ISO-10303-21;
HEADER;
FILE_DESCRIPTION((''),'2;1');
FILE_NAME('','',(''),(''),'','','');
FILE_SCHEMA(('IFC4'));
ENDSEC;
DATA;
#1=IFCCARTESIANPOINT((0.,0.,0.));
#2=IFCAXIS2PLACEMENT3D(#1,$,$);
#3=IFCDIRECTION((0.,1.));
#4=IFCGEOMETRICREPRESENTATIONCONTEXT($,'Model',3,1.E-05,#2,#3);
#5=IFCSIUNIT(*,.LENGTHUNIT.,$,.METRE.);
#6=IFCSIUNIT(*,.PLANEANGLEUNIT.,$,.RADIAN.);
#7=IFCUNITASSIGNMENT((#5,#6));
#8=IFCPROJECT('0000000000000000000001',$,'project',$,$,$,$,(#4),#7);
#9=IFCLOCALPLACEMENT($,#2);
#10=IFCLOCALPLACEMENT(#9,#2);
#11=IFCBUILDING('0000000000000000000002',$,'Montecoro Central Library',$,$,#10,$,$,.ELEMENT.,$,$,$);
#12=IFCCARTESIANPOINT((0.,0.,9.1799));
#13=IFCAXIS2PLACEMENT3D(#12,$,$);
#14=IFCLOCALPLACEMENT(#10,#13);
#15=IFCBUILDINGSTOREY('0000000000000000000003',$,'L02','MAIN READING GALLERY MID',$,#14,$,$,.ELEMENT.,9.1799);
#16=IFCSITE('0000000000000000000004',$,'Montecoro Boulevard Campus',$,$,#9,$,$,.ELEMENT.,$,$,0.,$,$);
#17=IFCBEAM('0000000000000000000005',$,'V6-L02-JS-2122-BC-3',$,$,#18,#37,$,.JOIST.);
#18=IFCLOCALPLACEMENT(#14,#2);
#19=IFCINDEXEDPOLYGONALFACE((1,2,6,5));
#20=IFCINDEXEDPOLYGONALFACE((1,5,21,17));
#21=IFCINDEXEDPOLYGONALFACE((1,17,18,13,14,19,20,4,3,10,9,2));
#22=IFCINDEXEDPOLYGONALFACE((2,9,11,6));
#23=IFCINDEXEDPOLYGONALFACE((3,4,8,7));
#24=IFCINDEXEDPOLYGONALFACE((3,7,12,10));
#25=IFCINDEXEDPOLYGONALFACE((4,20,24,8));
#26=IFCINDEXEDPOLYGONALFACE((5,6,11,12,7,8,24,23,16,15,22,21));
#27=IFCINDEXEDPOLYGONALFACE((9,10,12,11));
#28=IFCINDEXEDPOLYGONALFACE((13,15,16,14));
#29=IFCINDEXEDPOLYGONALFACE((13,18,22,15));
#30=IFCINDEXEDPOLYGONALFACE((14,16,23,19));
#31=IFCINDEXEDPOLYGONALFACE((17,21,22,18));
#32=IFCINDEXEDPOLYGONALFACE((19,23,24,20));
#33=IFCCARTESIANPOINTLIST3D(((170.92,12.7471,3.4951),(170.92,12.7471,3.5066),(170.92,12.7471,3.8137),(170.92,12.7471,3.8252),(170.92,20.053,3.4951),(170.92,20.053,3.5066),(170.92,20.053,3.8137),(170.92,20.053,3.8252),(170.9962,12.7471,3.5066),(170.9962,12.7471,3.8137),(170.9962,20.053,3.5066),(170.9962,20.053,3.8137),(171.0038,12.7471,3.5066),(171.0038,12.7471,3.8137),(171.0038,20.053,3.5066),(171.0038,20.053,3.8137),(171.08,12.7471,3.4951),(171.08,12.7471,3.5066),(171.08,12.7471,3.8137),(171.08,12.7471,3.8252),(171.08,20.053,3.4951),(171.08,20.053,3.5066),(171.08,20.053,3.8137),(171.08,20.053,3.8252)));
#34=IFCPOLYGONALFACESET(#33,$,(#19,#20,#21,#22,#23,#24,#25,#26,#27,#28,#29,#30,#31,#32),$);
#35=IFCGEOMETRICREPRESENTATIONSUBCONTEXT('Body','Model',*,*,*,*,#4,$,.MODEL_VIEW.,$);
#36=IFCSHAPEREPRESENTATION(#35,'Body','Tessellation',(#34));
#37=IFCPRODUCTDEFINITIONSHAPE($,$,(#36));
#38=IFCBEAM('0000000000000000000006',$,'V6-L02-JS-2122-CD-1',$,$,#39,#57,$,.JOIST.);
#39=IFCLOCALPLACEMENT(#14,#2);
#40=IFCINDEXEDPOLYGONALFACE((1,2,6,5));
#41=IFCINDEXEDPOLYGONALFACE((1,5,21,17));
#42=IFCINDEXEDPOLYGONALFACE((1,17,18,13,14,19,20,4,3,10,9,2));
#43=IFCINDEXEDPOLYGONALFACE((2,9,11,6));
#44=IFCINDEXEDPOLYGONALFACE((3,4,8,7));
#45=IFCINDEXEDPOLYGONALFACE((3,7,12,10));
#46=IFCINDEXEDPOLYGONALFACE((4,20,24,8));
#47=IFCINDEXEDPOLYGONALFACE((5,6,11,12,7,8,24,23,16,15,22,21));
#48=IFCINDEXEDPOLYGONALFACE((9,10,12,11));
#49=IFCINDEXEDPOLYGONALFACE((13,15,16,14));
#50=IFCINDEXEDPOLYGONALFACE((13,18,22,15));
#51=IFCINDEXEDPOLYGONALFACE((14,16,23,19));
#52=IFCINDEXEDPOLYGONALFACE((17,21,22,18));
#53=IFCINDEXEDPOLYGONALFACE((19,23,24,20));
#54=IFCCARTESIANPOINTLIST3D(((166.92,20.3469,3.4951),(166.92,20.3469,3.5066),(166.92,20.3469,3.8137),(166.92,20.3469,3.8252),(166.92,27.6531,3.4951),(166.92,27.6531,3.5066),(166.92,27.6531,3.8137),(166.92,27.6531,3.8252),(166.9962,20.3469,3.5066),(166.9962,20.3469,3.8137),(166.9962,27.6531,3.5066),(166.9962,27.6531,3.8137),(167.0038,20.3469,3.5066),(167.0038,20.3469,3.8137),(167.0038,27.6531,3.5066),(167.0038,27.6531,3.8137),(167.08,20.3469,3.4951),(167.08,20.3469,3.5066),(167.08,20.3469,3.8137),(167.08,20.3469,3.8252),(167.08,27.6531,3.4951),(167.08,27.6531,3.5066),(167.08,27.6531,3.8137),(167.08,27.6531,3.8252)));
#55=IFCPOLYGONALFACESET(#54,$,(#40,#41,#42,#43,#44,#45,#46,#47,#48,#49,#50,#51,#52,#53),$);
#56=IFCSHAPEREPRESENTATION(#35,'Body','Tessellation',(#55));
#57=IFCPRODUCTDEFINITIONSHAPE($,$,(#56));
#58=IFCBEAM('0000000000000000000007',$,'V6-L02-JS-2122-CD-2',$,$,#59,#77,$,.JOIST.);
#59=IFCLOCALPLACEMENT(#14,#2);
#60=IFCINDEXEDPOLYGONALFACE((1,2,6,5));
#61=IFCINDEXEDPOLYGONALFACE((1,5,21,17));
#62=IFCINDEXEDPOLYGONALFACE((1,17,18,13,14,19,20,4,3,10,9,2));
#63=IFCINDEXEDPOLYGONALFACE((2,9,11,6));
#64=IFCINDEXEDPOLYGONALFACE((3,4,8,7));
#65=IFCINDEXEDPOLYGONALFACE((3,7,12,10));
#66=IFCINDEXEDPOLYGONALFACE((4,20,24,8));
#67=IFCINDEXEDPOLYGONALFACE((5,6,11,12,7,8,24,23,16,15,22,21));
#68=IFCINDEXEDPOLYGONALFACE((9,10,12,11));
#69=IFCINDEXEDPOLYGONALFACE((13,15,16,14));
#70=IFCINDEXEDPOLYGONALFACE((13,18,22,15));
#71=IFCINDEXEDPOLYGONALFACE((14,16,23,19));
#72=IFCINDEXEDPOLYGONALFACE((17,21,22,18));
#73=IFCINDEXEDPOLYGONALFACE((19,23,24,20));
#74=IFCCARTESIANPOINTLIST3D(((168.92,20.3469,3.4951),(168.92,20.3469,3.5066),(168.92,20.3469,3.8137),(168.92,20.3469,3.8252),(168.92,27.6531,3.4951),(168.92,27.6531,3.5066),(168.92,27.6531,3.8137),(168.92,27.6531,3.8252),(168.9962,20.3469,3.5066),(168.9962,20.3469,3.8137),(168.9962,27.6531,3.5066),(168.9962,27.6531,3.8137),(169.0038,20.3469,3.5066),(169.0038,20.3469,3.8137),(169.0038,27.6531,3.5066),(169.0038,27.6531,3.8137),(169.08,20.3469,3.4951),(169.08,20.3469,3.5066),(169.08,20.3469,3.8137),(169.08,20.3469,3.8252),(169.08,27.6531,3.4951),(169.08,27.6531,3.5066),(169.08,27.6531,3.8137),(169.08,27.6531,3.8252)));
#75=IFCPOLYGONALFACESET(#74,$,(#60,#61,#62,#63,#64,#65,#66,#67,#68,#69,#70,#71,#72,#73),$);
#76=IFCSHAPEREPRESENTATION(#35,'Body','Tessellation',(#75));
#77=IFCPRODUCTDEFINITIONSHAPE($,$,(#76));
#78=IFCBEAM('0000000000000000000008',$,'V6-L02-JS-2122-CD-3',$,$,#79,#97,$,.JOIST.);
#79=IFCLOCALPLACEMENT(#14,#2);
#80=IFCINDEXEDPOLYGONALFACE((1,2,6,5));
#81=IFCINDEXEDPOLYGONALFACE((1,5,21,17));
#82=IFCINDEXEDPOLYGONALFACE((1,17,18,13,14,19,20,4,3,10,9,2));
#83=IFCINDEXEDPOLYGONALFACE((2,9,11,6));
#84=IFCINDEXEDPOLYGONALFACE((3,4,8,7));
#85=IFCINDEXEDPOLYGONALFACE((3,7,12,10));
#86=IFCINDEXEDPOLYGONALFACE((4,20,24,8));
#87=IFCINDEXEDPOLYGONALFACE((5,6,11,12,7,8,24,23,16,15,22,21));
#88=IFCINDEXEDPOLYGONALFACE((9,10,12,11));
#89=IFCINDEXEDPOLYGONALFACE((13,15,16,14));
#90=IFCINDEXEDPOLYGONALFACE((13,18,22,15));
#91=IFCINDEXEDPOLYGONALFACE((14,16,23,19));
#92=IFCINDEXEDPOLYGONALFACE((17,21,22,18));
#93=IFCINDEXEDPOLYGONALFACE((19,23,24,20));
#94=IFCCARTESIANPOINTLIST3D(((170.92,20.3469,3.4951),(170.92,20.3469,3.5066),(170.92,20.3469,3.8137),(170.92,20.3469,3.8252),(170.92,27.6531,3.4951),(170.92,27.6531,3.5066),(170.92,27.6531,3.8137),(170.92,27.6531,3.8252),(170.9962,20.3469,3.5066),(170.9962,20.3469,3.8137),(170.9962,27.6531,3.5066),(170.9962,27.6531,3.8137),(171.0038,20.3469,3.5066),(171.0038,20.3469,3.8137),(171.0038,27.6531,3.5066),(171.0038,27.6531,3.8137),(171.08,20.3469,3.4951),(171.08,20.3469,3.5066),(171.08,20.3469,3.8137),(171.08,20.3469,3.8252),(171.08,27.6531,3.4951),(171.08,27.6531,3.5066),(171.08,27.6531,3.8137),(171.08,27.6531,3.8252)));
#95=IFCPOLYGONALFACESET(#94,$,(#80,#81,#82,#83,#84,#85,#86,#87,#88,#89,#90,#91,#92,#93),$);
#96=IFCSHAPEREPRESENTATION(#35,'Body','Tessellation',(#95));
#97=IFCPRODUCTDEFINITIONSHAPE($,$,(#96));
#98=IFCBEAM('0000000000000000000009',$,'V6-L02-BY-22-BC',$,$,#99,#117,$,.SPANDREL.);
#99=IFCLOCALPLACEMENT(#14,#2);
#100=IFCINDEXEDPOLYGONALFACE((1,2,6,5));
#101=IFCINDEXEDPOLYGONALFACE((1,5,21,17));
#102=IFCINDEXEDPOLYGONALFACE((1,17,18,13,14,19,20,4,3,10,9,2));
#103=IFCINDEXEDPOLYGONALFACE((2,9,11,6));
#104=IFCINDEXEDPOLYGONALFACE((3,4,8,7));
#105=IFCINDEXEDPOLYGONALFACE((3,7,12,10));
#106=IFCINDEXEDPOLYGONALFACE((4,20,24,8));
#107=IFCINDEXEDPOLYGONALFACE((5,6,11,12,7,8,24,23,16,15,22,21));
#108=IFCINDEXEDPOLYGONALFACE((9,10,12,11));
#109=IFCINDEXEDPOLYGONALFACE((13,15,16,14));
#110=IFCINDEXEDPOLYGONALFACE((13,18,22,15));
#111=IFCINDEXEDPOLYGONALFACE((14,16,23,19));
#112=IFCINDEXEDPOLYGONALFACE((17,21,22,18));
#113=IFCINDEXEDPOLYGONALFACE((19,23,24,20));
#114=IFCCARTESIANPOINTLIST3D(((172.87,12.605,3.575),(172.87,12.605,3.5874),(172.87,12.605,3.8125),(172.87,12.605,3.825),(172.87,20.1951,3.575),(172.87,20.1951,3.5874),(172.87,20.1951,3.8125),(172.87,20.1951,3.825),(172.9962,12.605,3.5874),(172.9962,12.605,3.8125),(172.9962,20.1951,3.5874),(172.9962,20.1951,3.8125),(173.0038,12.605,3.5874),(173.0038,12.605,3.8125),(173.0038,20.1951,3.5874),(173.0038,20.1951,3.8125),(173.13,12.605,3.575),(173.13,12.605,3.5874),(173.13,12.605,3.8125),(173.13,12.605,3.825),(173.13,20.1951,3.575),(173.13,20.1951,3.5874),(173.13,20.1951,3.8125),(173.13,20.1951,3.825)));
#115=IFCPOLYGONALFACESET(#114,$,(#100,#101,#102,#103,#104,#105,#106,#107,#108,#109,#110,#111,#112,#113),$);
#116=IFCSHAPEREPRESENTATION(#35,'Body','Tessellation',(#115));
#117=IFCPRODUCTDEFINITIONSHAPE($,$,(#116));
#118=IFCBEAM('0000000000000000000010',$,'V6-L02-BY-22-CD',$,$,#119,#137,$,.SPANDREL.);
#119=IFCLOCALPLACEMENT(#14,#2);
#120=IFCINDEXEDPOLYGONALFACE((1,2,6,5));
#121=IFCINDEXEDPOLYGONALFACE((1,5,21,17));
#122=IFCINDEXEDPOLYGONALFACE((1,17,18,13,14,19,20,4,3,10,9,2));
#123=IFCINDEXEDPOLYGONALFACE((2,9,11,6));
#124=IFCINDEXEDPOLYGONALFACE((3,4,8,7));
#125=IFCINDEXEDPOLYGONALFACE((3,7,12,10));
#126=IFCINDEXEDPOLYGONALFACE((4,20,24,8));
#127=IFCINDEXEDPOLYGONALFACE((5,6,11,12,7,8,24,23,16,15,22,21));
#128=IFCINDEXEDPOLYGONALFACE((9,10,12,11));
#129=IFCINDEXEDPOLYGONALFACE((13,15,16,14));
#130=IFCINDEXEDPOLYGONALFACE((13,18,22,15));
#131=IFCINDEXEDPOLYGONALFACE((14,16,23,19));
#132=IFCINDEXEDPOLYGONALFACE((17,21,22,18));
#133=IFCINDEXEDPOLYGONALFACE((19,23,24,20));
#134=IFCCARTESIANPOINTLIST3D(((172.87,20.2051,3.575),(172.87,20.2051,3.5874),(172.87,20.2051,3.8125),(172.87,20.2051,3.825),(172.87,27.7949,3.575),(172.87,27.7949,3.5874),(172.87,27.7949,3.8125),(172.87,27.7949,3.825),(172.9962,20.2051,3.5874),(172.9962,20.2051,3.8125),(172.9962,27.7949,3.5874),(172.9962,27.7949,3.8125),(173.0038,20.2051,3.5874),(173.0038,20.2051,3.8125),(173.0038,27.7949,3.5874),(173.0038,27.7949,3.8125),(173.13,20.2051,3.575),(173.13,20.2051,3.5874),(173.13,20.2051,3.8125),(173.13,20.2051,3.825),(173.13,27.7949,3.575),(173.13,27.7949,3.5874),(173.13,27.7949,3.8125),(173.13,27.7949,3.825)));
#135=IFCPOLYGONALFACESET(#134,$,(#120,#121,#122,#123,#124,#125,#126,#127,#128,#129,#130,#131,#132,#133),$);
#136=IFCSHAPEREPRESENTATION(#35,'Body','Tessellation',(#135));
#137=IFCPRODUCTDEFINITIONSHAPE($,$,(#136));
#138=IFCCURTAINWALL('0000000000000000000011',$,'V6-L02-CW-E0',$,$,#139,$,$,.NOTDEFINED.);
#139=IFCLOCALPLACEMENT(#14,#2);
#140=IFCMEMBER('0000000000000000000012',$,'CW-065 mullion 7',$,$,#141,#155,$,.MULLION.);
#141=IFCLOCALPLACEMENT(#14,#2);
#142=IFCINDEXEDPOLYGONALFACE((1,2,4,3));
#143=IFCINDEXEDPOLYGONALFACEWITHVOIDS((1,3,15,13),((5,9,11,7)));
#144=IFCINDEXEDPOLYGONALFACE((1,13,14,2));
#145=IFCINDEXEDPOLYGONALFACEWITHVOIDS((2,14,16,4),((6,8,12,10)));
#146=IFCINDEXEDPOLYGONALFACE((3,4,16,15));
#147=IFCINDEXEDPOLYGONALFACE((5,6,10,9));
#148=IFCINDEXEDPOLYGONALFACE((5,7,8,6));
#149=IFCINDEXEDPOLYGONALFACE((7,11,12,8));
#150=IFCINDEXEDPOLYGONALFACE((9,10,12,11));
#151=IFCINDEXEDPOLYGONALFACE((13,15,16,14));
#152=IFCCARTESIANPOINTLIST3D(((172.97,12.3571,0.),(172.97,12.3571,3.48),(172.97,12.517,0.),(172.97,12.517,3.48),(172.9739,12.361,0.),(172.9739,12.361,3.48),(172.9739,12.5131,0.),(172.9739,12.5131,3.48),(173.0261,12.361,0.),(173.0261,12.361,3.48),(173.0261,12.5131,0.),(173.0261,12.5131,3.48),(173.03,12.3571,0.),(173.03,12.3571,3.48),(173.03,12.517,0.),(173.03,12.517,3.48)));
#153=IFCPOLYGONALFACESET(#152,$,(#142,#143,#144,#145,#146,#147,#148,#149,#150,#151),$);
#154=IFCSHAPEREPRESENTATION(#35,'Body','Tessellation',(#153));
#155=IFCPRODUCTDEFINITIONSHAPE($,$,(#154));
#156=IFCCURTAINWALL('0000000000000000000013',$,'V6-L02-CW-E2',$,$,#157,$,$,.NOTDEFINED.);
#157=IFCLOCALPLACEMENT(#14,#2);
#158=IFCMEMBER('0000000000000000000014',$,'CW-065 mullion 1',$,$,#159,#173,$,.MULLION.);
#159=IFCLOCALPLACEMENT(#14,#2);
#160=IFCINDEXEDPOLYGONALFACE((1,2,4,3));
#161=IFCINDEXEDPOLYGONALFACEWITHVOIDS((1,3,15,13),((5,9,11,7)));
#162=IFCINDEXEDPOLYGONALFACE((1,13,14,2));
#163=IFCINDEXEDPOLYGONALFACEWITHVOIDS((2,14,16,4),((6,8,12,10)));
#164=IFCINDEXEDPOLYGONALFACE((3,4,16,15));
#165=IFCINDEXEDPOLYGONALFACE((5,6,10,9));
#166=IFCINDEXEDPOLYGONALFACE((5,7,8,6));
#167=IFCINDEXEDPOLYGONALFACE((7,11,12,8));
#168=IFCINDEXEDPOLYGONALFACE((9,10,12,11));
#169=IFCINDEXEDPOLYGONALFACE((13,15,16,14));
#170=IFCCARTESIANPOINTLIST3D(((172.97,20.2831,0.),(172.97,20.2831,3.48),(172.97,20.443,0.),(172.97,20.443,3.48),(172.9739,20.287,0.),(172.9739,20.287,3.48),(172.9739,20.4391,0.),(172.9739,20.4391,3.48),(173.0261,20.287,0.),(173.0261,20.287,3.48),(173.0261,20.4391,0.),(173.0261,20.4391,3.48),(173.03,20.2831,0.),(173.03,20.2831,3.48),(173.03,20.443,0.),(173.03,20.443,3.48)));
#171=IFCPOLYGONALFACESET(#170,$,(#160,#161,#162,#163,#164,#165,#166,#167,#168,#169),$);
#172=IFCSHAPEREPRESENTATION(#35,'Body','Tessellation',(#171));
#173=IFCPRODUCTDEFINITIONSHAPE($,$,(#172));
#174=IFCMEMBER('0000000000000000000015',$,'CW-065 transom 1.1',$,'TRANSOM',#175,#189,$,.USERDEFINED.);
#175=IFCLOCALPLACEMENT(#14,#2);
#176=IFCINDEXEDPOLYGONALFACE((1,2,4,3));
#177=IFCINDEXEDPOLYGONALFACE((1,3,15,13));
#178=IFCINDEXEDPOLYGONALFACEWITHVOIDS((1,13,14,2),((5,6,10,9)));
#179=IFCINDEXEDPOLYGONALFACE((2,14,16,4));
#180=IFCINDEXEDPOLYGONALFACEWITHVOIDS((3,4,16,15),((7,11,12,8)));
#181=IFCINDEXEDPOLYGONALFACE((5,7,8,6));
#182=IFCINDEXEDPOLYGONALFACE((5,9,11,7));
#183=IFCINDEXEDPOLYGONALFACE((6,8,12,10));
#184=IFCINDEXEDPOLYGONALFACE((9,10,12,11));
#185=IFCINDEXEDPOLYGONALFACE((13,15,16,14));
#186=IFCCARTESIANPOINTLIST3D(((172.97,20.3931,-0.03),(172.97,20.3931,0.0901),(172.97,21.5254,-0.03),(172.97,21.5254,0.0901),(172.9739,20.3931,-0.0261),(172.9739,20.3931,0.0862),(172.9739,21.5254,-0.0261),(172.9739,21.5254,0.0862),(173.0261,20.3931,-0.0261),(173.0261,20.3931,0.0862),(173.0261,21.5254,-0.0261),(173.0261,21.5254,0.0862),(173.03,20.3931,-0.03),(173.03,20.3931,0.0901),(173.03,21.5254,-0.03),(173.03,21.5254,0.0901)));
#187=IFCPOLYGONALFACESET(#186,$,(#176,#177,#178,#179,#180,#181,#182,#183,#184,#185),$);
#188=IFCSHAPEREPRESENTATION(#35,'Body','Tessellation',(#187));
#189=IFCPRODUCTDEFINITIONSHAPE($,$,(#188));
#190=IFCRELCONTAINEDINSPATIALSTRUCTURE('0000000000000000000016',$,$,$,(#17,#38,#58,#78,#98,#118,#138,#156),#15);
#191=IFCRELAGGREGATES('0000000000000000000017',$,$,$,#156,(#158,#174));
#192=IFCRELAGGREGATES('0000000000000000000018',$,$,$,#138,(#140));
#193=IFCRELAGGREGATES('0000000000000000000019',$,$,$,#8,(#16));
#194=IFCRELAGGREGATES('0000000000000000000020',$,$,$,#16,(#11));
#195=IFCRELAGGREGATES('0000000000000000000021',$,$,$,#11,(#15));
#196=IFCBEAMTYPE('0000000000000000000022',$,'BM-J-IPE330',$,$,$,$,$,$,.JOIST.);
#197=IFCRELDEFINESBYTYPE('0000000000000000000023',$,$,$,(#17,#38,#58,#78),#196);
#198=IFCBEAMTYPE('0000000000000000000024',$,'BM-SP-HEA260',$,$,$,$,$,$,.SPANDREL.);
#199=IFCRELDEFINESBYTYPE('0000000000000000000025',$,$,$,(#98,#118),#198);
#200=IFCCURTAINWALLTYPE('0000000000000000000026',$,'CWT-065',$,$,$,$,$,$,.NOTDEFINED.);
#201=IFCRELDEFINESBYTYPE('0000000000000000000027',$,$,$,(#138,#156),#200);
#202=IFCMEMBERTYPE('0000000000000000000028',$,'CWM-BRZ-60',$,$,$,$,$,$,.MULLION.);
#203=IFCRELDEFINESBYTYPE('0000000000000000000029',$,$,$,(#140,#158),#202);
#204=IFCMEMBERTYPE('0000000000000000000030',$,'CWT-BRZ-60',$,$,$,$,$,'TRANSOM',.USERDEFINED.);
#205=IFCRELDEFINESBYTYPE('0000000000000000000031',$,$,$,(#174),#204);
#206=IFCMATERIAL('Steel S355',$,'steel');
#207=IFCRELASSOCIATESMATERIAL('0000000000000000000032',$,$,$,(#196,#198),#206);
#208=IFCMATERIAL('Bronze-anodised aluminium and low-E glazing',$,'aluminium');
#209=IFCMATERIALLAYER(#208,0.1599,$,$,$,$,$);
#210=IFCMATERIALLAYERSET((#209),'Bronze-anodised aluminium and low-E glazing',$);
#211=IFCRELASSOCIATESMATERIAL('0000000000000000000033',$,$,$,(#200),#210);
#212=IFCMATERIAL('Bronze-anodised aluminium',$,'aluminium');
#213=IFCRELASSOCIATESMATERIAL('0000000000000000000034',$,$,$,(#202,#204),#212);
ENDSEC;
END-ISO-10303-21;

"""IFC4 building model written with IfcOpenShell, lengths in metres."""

from ifc_helpers import new_model, si_unit, direction, frame, origin, origin_2d, place, context, subcontext, project, spatial, hollow_rectangle, i_section, extrude, material, layer, layer_set, material_profile, profile_set, type_object, element, aggregate, save


model = new_model("IFC4")

# Units and contexts
model_context = context("Model", 3, precision=1e-05, world=origin(), true_north=direction((0.0, 1.0)))
body_context = subcontext(model_context, "Body", "Model", "MODEL_VIEW")
ifc_project = project(units=[si_unit("LENGTHUNIT", "METRE"), si_unit("PLANEANGLEUNIT", "RADIAN")], contexts=[model_context])

# Site, building, storey
site_placement = place(None, origin())
site = spatial("IfcSite", under=ifc_project, at=site_placement, Name="Montecoro Boulevard Campus", CompositionType="ELEMENT", RefElevation=0.0)
building_placement = place(site_placement, origin())
building = spatial("IfcBuilding", under=site, at=building_placement, Name="Montecoro Central Library", CompositionType="ELEMENT")
storey_placement = place(building_placement, frame((0.0, 0.0, 9.1799)))
storey = spatial("IfcBuildingStorey", under=building, at=storey_placement, Name="L02", Description="MAIN READING GALLERY MID", CompositionType="ELEMENT", Elevation=9.1799)

# Shared definitions
ifc_material_1 = material(Name="Steel S355", Category="steel")

# Beams
ifc_material_profile_1 = material_profile(ifc_material_1, i_section(OverallWidth=0.1599, OverallDepth=0.3301, WebThickness=0.0076, FlangeThickness=0.0115, at=origin_2d()), Name="IPE 330")
ifc_profile_set_1 = profile_set([ifc_material_profile_1], Name="Steel S355")
beam_type_1 = type_object("IfcBeamType", Name="BM-J-IPE330", PredefinedType="JOIST", material=ifc_profile_set_1)
for number, where, z_axis, x_axis, name in (
    (1, (171.0, 12.7471, 3.6602), (0.0, 1.0, 0.0), (-1.0, 0.0, 0.0), "V6-L02-JS-2122-BC-3"),
):
    element("IfcBeam", number, at=place(storey_placement, frame(where, z_axis=z_axis, x_axis=x_axis)), inside=storey, type_object=beam_type_1, Name=name, PredefinedType="JOIST", context=body_context, shape_type="SweptSolid", body=[
        extrude(i_section(OverallWidth=0.1599, OverallDepth=0.3301, WebThickness=0.0076, FlangeThickness=0.0115, at=origin_2d()), origin(), (0.0, 0.0, 1.0), 7.3059),
    ])
for number, where, z_axis, x_axis, name in (
    (2, (167.0, 20.3469, 3.6602), (0.0, 1.0, 0.0), (-1.0, 0.0, 0.0), "V6-L02-JS-2122-CD-1"),
    (3, (169.0, 20.3469, 3.6602), (0.0, 1.0, 0.0), (-1.0, 0.0, 0.0), "V6-L02-JS-2122-CD-2"),
    (4, (171.0, 20.3469, 3.6602), (0.0, 1.0, 0.0), (-1.0, 0.0, 0.0), "V6-L02-JS-2122-CD-3"),
):
    element("IfcBeam", number, at=place(storey_placement, frame(where, z_axis=z_axis, x_axis=x_axis)), inside=storey, type_object=beam_type_1, Name=name, PredefinedType="JOIST", context=body_context, shape_type="SweptSolid", body=[
        extrude(i_section(OverallWidth=0.1599, OverallDepth=0.3301, WebThickness=0.0076, FlangeThickness=0.0115, at=origin_2d()), origin(), (0.0, 0.0, 1.0), 7.3062),
    ])
ifc_material_profile_2 = material_profile(ifc_material_1, i_section(OverallWidth=0.26, OverallDepth=0.25, WebThickness=0.0076, FlangeThickness=0.0125, at=origin_2d()), Name="HEA 260")
ifc_profile_set_2 = profile_set([ifc_material_profile_2], Name="Steel S355")
beam_type_2 = type_object("IfcBeamType", Name="BM-SP-HEA260", PredefinedType="SPANDREL", material=ifc_profile_set_2)
beam_1_placement = place(storey_placement, frame((173.0, 12.605, 3.7), z_axis=(0.0, 1.0, 0.0), x_axis=(-1.0, 0.0, 0.0)))
element("IfcBeam", 5, at=beam_1_placement, inside=storey, type_object=beam_type_2, Name="V6-L02-BY-22-BC", PredefinedType="SPANDREL", context=body_context, shape_type="SweptSolid", body=[
    extrude(i_section(OverallWidth=0.26, OverallDepth=0.25, WebThickness=0.0076, FlangeThickness=0.0125, at=origin_2d()), origin(), (0.0, 0.0, 1.0), 7.5901),
])
beam_2_placement = place(storey_placement, frame((173.0, 20.2051, 3.7), z_axis=(0.0, 1.0, 0.0), x_axis=(-1.0, 0.0, 0.0)))
element("IfcBeam", 6, at=beam_2_placement, inside=storey, type_object=beam_type_2, Name="V6-L02-BY-22-CD", PredefinedType="SPANDREL", context=body_context, shape_type="SweptSolid", body=[
    extrude(i_section(OverallWidth=0.26, OverallDepth=0.25, WebThickness=0.0076, FlangeThickness=0.0125, at=origin_2d()), origin(), (0.0, 0.0, 1.0), 7.5898),
])

# Curtain wall, member
ifc_material_2 = material(Name="Bronze-anodised aluminium and low-E glazing", Category="aluminium")
ifc_layer_1 = layer(ifc_material_2, 0.1599)
ifc_layer_set_1 = layer_set([ifc_layer_1], Name="Bronze-anodised aluminium and low-E glazing")
curtain_wall_type = type_object("IfcCurtainWallType", Name="CWT-065", PredefinedType="NOTDEFINED", material=ifc_layer_set_1)
curtain_wall_1_placement = place(storey_placement, origin())
curtain_wall_1 = element("IfcCurtainWall", 7, at=curtain_wall_1_placement, inside=storey, type_object=curtain_wall_type, Name="V6-L02-CW-E0", PredefinedType="NOTDEFINED")
ifc_material_3 = material(Name="Bronze-anodised aluminium", Category="aluminium")
ifc_material_profile_3 = material_profile(ifc_material_3, hollow_rectangle(XDim=0.0601, YDim=0.1599, WallThickness=0.0039, at=origin_2d()), Name="CWM 160x60x4.0")
ifc_profile_set_3 = profile_set([ifc_material_profile_3], Name="Bronze-anodised aluminium")
member_type_1 = type_object("IfcMemberType", Name="CWM-BRZ-60", PredefinedType="MULLION", material=ifc_profile_set_3)
member_1_placement = place(storey_placement, frame((173.0, 12.437, 0.0), z_axis=(0.0, 0.0, 1.0), x_axis=(-1.0, 0.0, 0.0)))
member_1 = element("IfcMember", 8, at=member_1_placement, type_object=member_type_1, Name="CW-065 mullion 7", PredefinedType="MULLION", context=body_context, shape_type="SweptSolid", body=[
    extrude(hollow_rectangle(XDim=0.0601, YDim=0.1599, WallThickness=0.0039, at=origin_2d()), origin(), (0.0, 0.0, 1.0), 3.48),
])

# Curtain wall, members
curtain_wall_2_placement = place(storey_placement, origin())
curtain_wall_2 = element("IfcCurtainWall", 9, at=curtain_wall_2_placement, inside=storey, type_object=curtain_wall_type, Name="V6-L02-CW-E2", PredefinedType="NOTDEFINED")
member_2_placement = place(storey_placement, frame((173.0, 20.363, 0.0), z_axis=(0.0, 0.0, 1.0), x_axis=(-1.0, 0.0, 0.0)))
member_2 = element("IfcMember", 10, at=member_2_placement, type_object=member_type_1, Name="CW-065 mullion 1", PredefinedType="MULLION", context=body_context, shape_type="SweptSolid", body=[
    extrude(hollow_rectangle(XDim=0.0601, YDim=0.1599, WallThickness=0.0039, at=origin_2d()), origin(), (0.0, 0.0, 1.0), 3.48),
])
ifc_material_profile_4 = material_profile(ifc_material_3, hollow_rectangle(XDim=0.0601, YDim=0.1201, WallThickness=0.0039, at=origin_2d()), Name="CWT 120x60x4.0")
ifc_profile_set_4 = profile_set([ifc_material_profile_4], Name="Bronze-anodised aluminium")
member_type_2 = type_object("IfcMemberType", Name="CWT-BRZ-60", ElementType="TRANSOM", PredefinedType="USERDEFINED", material=ifc_profile_set_4)
member_3_placement = place(storey_placement, frame((173.0, 20.3931, 0.03), z_axis=(0.0, 1.0, 0.0), x_axis=(-1.0, 0.0, 0.0)))
member_3 = element("IfcMember", 11, at=member_3_placement, type_object=member_type_2, Name="CW-065 transom 1.1", ObjectType="TRANSOM", PredefinedType="USERDEFINED", context=body_context, shape_type="SweptSolid", body=[
    extrude(hollow_rectangle(XDim=0.0601, YDim=0.1201, WallThickness=0.0039, at=origin_2d()), origin(), (0.0, 0.0, 1.0), 1.1323),
])
aggregate(curtain_wall_2, [member_2, member_3])

aggregate(curtain_wall_1, [member_1])

save(model, "model.ifc")
